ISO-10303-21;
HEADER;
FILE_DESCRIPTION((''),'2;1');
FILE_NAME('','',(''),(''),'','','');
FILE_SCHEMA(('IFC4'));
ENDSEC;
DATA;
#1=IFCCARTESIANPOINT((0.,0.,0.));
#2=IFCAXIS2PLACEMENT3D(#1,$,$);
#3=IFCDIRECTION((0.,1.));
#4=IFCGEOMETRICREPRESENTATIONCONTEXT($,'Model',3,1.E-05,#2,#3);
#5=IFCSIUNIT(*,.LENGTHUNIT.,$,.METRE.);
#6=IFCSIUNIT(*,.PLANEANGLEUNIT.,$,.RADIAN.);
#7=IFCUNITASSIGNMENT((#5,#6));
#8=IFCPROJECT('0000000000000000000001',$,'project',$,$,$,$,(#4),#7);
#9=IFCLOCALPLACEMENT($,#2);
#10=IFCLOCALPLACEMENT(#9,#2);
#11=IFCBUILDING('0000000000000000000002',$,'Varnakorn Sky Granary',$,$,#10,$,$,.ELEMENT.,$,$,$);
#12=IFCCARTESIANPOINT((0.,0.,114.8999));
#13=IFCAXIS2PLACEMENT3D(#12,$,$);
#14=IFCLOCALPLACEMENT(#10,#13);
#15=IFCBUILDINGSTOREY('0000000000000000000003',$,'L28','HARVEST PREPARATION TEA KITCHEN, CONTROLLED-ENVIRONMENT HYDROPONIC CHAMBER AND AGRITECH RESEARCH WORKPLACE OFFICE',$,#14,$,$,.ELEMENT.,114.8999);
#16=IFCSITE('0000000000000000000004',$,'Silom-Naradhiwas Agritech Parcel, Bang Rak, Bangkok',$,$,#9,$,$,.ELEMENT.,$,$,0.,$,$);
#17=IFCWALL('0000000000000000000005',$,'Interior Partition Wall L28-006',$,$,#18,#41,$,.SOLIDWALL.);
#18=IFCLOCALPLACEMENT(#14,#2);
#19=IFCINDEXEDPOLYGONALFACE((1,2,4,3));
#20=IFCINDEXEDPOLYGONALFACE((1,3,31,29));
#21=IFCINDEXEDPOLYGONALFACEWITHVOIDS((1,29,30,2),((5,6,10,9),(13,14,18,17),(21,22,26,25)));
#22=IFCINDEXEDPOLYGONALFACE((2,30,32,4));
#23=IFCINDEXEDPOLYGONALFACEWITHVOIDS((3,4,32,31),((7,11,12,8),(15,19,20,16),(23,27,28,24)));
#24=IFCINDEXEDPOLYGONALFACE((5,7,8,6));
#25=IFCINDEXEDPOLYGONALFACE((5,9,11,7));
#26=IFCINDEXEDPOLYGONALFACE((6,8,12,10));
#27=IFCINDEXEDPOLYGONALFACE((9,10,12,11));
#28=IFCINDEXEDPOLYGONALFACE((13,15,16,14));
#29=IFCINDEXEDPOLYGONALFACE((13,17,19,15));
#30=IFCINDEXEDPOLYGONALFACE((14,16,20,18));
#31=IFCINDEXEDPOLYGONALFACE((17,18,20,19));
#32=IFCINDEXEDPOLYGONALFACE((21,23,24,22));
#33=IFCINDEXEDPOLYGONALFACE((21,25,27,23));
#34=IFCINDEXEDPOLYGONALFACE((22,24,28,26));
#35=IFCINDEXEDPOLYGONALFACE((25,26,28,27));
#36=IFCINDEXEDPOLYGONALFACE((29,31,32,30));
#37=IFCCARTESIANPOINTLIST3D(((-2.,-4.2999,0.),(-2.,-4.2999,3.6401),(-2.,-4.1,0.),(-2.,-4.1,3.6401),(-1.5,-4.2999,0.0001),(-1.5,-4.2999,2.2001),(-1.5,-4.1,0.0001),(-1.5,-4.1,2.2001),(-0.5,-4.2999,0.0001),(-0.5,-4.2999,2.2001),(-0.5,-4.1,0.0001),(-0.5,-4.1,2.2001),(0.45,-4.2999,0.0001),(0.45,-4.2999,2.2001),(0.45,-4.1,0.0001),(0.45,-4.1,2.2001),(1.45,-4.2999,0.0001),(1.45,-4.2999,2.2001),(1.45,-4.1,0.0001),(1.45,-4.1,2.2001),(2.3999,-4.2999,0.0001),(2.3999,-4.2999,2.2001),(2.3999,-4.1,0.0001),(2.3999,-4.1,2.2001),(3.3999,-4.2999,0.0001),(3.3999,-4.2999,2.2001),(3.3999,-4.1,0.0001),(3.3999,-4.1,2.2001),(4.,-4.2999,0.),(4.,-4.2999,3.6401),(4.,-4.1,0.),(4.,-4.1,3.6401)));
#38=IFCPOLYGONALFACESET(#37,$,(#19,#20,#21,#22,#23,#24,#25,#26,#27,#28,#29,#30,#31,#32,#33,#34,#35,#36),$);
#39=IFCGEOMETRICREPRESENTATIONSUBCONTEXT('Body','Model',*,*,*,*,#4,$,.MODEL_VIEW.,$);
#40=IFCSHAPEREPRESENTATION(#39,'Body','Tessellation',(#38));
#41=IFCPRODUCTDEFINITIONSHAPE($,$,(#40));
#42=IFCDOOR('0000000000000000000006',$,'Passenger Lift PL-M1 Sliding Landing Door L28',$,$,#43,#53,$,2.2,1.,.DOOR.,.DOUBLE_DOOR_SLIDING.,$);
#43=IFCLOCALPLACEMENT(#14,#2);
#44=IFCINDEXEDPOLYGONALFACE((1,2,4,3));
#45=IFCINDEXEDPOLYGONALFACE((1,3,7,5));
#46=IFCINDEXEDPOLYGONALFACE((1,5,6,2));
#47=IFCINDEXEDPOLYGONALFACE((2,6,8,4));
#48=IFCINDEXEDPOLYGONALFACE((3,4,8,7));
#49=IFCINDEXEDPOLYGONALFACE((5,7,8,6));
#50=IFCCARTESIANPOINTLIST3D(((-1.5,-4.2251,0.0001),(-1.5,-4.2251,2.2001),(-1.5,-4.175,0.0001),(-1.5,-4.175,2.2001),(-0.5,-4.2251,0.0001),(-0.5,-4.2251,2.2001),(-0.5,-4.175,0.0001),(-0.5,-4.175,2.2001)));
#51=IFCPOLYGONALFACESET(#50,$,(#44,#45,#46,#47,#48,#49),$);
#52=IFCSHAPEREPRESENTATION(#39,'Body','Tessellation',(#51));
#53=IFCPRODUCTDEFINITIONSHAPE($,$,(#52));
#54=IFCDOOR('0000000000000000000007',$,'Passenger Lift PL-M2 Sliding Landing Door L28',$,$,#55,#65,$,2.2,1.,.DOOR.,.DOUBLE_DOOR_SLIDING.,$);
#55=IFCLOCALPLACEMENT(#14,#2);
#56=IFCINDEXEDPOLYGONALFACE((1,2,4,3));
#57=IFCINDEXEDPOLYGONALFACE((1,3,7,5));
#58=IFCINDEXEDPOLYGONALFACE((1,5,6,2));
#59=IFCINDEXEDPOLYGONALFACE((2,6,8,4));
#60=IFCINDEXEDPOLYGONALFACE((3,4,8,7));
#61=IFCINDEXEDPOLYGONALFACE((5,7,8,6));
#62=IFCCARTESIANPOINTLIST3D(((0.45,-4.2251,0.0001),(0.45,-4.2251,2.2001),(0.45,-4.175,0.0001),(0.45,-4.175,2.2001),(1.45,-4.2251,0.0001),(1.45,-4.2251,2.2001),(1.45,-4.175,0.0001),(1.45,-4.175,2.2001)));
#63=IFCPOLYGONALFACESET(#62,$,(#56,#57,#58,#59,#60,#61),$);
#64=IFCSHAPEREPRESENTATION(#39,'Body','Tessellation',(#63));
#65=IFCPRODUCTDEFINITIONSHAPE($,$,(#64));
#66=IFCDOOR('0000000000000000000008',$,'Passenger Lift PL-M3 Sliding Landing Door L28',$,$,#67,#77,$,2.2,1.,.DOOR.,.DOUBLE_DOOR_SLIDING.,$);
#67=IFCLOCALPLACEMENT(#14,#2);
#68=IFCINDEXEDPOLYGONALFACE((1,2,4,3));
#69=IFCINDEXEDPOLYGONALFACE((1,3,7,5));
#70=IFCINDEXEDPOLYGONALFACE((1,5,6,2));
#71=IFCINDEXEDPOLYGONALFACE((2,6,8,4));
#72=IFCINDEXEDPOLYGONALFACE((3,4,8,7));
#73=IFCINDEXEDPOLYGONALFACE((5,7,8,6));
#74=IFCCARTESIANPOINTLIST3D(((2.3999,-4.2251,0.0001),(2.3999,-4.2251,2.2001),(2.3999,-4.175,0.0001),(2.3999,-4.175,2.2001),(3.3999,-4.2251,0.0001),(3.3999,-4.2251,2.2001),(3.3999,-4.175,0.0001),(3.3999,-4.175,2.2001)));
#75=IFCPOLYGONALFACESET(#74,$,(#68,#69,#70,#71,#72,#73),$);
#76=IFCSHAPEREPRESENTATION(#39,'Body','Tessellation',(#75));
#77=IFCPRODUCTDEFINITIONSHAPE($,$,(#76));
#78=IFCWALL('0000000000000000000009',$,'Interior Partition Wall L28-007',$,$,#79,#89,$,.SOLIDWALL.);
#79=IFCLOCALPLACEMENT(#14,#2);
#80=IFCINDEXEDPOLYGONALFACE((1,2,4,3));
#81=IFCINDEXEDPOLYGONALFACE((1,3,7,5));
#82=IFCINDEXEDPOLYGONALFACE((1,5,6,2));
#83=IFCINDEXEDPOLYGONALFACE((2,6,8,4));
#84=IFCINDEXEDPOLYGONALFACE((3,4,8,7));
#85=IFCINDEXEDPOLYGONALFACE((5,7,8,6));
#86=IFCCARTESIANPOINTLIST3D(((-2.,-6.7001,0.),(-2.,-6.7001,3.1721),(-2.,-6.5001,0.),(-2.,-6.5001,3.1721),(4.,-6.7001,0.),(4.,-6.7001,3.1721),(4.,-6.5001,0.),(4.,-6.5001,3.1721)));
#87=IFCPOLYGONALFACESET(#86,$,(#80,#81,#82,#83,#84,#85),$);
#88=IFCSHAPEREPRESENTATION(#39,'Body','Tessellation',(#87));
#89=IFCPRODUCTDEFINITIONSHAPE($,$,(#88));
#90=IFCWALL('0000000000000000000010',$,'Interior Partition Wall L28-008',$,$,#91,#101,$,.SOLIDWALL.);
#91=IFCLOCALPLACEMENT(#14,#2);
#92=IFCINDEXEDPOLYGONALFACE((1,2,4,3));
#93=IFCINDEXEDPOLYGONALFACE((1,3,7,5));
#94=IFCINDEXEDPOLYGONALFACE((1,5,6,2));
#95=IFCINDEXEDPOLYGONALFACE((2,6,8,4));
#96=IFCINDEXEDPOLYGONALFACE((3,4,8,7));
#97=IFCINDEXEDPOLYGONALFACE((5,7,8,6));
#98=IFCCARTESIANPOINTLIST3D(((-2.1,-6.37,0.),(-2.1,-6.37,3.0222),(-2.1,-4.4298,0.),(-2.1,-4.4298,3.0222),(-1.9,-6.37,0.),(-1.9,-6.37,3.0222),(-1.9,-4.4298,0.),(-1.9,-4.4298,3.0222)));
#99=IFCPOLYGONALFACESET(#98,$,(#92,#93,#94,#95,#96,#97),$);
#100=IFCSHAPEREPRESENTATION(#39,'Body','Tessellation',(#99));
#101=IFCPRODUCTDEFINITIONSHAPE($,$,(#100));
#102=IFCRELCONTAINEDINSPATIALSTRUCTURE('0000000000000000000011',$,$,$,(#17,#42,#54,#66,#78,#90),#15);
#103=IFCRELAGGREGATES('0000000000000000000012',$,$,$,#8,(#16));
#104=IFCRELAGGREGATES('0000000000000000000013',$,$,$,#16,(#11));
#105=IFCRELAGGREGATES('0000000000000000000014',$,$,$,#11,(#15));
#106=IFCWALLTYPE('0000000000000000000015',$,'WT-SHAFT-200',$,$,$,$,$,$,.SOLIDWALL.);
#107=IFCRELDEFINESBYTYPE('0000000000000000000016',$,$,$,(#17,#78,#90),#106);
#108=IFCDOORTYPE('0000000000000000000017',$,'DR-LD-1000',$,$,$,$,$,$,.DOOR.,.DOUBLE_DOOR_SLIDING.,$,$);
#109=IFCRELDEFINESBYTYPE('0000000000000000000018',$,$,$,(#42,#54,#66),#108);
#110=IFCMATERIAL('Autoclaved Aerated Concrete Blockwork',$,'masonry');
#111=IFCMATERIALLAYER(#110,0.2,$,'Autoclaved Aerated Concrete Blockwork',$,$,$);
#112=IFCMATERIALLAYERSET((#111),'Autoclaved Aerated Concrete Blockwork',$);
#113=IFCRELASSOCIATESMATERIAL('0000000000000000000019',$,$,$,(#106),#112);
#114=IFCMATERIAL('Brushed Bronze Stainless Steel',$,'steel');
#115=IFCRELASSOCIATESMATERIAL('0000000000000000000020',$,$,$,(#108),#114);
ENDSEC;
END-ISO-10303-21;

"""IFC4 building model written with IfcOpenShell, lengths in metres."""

from ifc_helpers import new_model, si_unit, direction, frame, frame_2d, origin, place, context, subcontext, project, spatial, rectangle, extrude, material, layer, layer_set, type_object, element, fill, save


model = new_model("IFC4")

# Units and contexts
model_context = context("Model", 3, precision=1e-05, world=origin(), true_north=direction((0.0, 1.0)))
body_context = subcontext(model_context, "Body", "Model", "MODEL_VIEW")
ifc_project = project(units=[si_unit("LENGTHUNIT", "METRE"), si_unit("PLANEANGLEUNIT", "RADIAN")], contexts=[model_context])

# Site, building, storey
site_placement = place(None, origin())
site = spatial("IfcSite", under=ifc_project, at=site_placement, Name="Silom-Naradhiwas Agritech Parcel, Bang Rak, Bangkok", CompositionType="ELEMENT", RefElevation=0.0)
building_placement = place(site_placement, origin())
building = spatial("IfcBuilding", under=site, at=building_placement, Name="Varnakorn Sky Granary", CompositionType="ELEMENT")
storey_placement = place(building_placement, frame((0.0, 0.0, 114.8999)))
storey = spatial("IfcBuildingStorey", under=building, at=storey_placement, Name="L28", Description="HARVEST PREPARATION TEA KITCHEN, CONTROLLED-ENVIRONMENT HYDROPONIC CHAMBER AND AGRITECH RESEARCH WORKPLACE OFFICE", CompositionType="ELEMENT", Elevation=114.8999)

# Shared definitions
ifc_material_1 = material(Name="Autoclaved Aerated Concrete Blockwork", Category="masonry")

# Wall, openings, doors
ifc_layer_1 = layer(ifc_material_1, 0.2, Name="Autoclaved Aerated Concrete Blockwork")
ifc_layer_set_1 = layer_set([ifc_layer_1], Name="Autoclaved Aerated Concrete Blockwork")
wall_type_1 = type_object("IfcWallType", Name="WT-SHAFT-200", PredefinedType="SOLIDWALL", material=ifc_layer_set_1)
wall_1_placement = place(storey_placement, frame((-2.0, -4.2, 0.0), z_axis=(0.0, 0.0, 1.0), x_axis=(1.0, 0.0, 0.0)))
wall_1 = element("IfcWall", 1, at=wall_1_placement, inside=storey, type_object=wall_type_1, Name="Interior Partition Wall L28-006", PredefinedType="SOLIDWALL", context=body_context, shape_type="SweptSolid", body=[
    extrude(rectangle(XDim=6.0, YDim=0.2, at=frame_2d((3.0, 0.0))), origin(), (0.0, 0.0, 1.0), 3.6401),
])
opening_1_placement = place(wall_1_placement, frame((0.5, 0.0, 0.0)))
opening_1 = element("IfcOpeningElement", 2, at=opening_1_placement, cuts=wall_1, PredefinedType="OPENING", context=body_context, shape_type="SweptSolid", body=[
    extrude(rectangle(XDim=1.0, YDim=2.2, at=frame_2d((0.5, 1.1001))), frame((0.0, 0.1099, 0.0), z_axis=(0.0, -1.0, 0.0), x_axis=(1.0, 0.0, 0.0)), (0.0, 0.0, 1.0), 0.22),
])
opening_2_placement = place(wall_1_placement, frame((2.45, 0.0, 0.0)))
opening_2 = element("IfcOpeningElement", 3, at=opening_2_placement, cuts=wall_1, PredefinedType="OPENING", context=body_context, shape_type="SweptSolid", body=[
    extrude(rectangle(XDim=1.0, YDim=2.2, at=frame_2d((0.5, 1.1001))), frame((0.0, 0.1099, 0.0), z_axis=(0.0, -1.0, 0.0), x_axis=(1.0, 0.0, 0.0)), (0.0, 0.0, 1.0), 0.22),
])
opening_3_placement = place(wall_1_placement, frame((4.3999, 0.0, 0.0)))
opening_3 = element("IfcOpeningElement", 4, at=opening_3_placement, cuts=wall_1, PredefinedType="OPENING", context=body_context, shape_type="SweptSolid", body=[
    extrude(rectangle(XDim=1.0, YDim=2.2, at=frame_2d((0.5, 1.1001))), frame((0.0, 0.1099, 0.0), z_axis=(0.0, -1.0, 0.0), x_axis=(1.0, 0.0, 0.0)), (0.0, 0.0, 1.0), 0.22),
])
ifc_material_2 = material(Name="Brushed Bronze Stainless Steel", Category="steel")
door_type_1 = type_object("IfcDoorType", Name="DR-LD-1000", OperationType="DOUBLE_DOOR_SLIDING", PredefinedType="DOOR", material=ifc_material_2)
door_1_placement = place(opening_1_placement, origin())
door_1 = element("IfcDoor", 5, at=door_1_placement, inside=storey, type_object=door_type_1, Name="Passenger Lift PL-M1 Sliding Landing Door L28", OperationType="DOUBLE_DOOR_SLIDING", OverallHeight=2.2, OverallWidth=1.0, PredefinedType="DOOR", context=body_context, shape_type="SweptSolid", body=[
    extrude(rectangle(XDim=1.0, YDim=2.2, at=frame_2d((0.5, 1.1001))), frame((0.0, 0.0249, 0.0), z_axis=(0.0, -1.0, 0.0), x_axis=(1.0, 0.0, 0.0)), (0.0, 0.0, 1.0), 0.05),
])
fill(opening_1, door_1)
door_2_placement = place(opening_2_placement, origin())
door_2 = element("IfcDoor", 6, at=door_2_placement, inside=storey, type_object=door_type_1, Name="Passenger Lift PL-M2 Sliding Landing Door L28", OperationType="DOUBLE_DOOR_SLIDING", OverallHeight=2.2, OverallWidth=1.0, PredefinedType="DOOR", context=body_context, shape_type="SweptSolid", body=[
    extrude(rectangle(XDim=1.0, YDim=2.2, at=frame_2d((0.5, 1.1001))), frame((0.0, 0.0249, 0.0), z_axis=(0.0, -1.0, 0.0), x_axis=(1.0, 0.0, 0.0)), (0.0, 0.0, 1.0), 0.05),
])
fill(opening_2, door_2)
door_3_placement = place(opening_3_placement, origin())
door_3 = element("IfcDoor", 7, at=door_3_placement, inside=storey, type_object=door_type_1, Name="Passenger Lift PL-M3 Sliding Landing Door L28", OperationType="DOUBLE_DOOR_SLIDING", OverallHeight=2.2, OverallWidth=1.0, PredefinedType="DOOR", context=body_context, shape_type="SweptSolid", body=[
    extrude(rectangle(XDim=1.0, YDim=2.2, at=frame_2d((0.5, 1.1001))), frame((0.0, 0.0249, 0.0), z_axis=(0.0, -1.0, 0.0), x_axis=(1.0, 0.0, 0.0)), (0.0, 0.0, 1.0), 0.05),
])
fill(opening_3, door_3)

# Walls
wall_2_placement = place(storey_placement, frame((-2.0, -6.6001, 0.0), z_axis=(0.0, 0.0, 1.0), x_axis=(1.0, 0.0, 0.0)))
element("IfcWall", 8, at=wall_2_placement, inside=storey, type_object=wall_type_1, Name="Interior Partition Wall L28-007", PredefinedType="SOLIDWALL", context=body_context, shape_type="SweptSolid", body=[
    extrude(rectangle(XDim=6.0, YDim=0.2, at=frame_2d((3.0, 0.0))), origin(), (0.0, 0.0, 1.0), 3.1721),
])
wall_3_placement = place(storey_placement, frame((-2.0, -6.3701, 0.0), z_axis=(0.0, 0.0, 1.0), x_axis=(0.0, 1.0, 0.0)))
element("IfcWall", 9, at=wall_3_placement, inside=storey, type_object=wall_type_1, Name="Interior Partition Wall L28-008", PredefinedType="SOLIDWALL", context=body_context, shape_type="SweptSolid", body=[
    extrude(rectangle(XDim=1.9402, YDim=0.2, at=frame_2d((0.9702, 0.0))), origin(), (0.0, 0.0, 1.0), 3.0222),
])

save(model, "model.ifc")
